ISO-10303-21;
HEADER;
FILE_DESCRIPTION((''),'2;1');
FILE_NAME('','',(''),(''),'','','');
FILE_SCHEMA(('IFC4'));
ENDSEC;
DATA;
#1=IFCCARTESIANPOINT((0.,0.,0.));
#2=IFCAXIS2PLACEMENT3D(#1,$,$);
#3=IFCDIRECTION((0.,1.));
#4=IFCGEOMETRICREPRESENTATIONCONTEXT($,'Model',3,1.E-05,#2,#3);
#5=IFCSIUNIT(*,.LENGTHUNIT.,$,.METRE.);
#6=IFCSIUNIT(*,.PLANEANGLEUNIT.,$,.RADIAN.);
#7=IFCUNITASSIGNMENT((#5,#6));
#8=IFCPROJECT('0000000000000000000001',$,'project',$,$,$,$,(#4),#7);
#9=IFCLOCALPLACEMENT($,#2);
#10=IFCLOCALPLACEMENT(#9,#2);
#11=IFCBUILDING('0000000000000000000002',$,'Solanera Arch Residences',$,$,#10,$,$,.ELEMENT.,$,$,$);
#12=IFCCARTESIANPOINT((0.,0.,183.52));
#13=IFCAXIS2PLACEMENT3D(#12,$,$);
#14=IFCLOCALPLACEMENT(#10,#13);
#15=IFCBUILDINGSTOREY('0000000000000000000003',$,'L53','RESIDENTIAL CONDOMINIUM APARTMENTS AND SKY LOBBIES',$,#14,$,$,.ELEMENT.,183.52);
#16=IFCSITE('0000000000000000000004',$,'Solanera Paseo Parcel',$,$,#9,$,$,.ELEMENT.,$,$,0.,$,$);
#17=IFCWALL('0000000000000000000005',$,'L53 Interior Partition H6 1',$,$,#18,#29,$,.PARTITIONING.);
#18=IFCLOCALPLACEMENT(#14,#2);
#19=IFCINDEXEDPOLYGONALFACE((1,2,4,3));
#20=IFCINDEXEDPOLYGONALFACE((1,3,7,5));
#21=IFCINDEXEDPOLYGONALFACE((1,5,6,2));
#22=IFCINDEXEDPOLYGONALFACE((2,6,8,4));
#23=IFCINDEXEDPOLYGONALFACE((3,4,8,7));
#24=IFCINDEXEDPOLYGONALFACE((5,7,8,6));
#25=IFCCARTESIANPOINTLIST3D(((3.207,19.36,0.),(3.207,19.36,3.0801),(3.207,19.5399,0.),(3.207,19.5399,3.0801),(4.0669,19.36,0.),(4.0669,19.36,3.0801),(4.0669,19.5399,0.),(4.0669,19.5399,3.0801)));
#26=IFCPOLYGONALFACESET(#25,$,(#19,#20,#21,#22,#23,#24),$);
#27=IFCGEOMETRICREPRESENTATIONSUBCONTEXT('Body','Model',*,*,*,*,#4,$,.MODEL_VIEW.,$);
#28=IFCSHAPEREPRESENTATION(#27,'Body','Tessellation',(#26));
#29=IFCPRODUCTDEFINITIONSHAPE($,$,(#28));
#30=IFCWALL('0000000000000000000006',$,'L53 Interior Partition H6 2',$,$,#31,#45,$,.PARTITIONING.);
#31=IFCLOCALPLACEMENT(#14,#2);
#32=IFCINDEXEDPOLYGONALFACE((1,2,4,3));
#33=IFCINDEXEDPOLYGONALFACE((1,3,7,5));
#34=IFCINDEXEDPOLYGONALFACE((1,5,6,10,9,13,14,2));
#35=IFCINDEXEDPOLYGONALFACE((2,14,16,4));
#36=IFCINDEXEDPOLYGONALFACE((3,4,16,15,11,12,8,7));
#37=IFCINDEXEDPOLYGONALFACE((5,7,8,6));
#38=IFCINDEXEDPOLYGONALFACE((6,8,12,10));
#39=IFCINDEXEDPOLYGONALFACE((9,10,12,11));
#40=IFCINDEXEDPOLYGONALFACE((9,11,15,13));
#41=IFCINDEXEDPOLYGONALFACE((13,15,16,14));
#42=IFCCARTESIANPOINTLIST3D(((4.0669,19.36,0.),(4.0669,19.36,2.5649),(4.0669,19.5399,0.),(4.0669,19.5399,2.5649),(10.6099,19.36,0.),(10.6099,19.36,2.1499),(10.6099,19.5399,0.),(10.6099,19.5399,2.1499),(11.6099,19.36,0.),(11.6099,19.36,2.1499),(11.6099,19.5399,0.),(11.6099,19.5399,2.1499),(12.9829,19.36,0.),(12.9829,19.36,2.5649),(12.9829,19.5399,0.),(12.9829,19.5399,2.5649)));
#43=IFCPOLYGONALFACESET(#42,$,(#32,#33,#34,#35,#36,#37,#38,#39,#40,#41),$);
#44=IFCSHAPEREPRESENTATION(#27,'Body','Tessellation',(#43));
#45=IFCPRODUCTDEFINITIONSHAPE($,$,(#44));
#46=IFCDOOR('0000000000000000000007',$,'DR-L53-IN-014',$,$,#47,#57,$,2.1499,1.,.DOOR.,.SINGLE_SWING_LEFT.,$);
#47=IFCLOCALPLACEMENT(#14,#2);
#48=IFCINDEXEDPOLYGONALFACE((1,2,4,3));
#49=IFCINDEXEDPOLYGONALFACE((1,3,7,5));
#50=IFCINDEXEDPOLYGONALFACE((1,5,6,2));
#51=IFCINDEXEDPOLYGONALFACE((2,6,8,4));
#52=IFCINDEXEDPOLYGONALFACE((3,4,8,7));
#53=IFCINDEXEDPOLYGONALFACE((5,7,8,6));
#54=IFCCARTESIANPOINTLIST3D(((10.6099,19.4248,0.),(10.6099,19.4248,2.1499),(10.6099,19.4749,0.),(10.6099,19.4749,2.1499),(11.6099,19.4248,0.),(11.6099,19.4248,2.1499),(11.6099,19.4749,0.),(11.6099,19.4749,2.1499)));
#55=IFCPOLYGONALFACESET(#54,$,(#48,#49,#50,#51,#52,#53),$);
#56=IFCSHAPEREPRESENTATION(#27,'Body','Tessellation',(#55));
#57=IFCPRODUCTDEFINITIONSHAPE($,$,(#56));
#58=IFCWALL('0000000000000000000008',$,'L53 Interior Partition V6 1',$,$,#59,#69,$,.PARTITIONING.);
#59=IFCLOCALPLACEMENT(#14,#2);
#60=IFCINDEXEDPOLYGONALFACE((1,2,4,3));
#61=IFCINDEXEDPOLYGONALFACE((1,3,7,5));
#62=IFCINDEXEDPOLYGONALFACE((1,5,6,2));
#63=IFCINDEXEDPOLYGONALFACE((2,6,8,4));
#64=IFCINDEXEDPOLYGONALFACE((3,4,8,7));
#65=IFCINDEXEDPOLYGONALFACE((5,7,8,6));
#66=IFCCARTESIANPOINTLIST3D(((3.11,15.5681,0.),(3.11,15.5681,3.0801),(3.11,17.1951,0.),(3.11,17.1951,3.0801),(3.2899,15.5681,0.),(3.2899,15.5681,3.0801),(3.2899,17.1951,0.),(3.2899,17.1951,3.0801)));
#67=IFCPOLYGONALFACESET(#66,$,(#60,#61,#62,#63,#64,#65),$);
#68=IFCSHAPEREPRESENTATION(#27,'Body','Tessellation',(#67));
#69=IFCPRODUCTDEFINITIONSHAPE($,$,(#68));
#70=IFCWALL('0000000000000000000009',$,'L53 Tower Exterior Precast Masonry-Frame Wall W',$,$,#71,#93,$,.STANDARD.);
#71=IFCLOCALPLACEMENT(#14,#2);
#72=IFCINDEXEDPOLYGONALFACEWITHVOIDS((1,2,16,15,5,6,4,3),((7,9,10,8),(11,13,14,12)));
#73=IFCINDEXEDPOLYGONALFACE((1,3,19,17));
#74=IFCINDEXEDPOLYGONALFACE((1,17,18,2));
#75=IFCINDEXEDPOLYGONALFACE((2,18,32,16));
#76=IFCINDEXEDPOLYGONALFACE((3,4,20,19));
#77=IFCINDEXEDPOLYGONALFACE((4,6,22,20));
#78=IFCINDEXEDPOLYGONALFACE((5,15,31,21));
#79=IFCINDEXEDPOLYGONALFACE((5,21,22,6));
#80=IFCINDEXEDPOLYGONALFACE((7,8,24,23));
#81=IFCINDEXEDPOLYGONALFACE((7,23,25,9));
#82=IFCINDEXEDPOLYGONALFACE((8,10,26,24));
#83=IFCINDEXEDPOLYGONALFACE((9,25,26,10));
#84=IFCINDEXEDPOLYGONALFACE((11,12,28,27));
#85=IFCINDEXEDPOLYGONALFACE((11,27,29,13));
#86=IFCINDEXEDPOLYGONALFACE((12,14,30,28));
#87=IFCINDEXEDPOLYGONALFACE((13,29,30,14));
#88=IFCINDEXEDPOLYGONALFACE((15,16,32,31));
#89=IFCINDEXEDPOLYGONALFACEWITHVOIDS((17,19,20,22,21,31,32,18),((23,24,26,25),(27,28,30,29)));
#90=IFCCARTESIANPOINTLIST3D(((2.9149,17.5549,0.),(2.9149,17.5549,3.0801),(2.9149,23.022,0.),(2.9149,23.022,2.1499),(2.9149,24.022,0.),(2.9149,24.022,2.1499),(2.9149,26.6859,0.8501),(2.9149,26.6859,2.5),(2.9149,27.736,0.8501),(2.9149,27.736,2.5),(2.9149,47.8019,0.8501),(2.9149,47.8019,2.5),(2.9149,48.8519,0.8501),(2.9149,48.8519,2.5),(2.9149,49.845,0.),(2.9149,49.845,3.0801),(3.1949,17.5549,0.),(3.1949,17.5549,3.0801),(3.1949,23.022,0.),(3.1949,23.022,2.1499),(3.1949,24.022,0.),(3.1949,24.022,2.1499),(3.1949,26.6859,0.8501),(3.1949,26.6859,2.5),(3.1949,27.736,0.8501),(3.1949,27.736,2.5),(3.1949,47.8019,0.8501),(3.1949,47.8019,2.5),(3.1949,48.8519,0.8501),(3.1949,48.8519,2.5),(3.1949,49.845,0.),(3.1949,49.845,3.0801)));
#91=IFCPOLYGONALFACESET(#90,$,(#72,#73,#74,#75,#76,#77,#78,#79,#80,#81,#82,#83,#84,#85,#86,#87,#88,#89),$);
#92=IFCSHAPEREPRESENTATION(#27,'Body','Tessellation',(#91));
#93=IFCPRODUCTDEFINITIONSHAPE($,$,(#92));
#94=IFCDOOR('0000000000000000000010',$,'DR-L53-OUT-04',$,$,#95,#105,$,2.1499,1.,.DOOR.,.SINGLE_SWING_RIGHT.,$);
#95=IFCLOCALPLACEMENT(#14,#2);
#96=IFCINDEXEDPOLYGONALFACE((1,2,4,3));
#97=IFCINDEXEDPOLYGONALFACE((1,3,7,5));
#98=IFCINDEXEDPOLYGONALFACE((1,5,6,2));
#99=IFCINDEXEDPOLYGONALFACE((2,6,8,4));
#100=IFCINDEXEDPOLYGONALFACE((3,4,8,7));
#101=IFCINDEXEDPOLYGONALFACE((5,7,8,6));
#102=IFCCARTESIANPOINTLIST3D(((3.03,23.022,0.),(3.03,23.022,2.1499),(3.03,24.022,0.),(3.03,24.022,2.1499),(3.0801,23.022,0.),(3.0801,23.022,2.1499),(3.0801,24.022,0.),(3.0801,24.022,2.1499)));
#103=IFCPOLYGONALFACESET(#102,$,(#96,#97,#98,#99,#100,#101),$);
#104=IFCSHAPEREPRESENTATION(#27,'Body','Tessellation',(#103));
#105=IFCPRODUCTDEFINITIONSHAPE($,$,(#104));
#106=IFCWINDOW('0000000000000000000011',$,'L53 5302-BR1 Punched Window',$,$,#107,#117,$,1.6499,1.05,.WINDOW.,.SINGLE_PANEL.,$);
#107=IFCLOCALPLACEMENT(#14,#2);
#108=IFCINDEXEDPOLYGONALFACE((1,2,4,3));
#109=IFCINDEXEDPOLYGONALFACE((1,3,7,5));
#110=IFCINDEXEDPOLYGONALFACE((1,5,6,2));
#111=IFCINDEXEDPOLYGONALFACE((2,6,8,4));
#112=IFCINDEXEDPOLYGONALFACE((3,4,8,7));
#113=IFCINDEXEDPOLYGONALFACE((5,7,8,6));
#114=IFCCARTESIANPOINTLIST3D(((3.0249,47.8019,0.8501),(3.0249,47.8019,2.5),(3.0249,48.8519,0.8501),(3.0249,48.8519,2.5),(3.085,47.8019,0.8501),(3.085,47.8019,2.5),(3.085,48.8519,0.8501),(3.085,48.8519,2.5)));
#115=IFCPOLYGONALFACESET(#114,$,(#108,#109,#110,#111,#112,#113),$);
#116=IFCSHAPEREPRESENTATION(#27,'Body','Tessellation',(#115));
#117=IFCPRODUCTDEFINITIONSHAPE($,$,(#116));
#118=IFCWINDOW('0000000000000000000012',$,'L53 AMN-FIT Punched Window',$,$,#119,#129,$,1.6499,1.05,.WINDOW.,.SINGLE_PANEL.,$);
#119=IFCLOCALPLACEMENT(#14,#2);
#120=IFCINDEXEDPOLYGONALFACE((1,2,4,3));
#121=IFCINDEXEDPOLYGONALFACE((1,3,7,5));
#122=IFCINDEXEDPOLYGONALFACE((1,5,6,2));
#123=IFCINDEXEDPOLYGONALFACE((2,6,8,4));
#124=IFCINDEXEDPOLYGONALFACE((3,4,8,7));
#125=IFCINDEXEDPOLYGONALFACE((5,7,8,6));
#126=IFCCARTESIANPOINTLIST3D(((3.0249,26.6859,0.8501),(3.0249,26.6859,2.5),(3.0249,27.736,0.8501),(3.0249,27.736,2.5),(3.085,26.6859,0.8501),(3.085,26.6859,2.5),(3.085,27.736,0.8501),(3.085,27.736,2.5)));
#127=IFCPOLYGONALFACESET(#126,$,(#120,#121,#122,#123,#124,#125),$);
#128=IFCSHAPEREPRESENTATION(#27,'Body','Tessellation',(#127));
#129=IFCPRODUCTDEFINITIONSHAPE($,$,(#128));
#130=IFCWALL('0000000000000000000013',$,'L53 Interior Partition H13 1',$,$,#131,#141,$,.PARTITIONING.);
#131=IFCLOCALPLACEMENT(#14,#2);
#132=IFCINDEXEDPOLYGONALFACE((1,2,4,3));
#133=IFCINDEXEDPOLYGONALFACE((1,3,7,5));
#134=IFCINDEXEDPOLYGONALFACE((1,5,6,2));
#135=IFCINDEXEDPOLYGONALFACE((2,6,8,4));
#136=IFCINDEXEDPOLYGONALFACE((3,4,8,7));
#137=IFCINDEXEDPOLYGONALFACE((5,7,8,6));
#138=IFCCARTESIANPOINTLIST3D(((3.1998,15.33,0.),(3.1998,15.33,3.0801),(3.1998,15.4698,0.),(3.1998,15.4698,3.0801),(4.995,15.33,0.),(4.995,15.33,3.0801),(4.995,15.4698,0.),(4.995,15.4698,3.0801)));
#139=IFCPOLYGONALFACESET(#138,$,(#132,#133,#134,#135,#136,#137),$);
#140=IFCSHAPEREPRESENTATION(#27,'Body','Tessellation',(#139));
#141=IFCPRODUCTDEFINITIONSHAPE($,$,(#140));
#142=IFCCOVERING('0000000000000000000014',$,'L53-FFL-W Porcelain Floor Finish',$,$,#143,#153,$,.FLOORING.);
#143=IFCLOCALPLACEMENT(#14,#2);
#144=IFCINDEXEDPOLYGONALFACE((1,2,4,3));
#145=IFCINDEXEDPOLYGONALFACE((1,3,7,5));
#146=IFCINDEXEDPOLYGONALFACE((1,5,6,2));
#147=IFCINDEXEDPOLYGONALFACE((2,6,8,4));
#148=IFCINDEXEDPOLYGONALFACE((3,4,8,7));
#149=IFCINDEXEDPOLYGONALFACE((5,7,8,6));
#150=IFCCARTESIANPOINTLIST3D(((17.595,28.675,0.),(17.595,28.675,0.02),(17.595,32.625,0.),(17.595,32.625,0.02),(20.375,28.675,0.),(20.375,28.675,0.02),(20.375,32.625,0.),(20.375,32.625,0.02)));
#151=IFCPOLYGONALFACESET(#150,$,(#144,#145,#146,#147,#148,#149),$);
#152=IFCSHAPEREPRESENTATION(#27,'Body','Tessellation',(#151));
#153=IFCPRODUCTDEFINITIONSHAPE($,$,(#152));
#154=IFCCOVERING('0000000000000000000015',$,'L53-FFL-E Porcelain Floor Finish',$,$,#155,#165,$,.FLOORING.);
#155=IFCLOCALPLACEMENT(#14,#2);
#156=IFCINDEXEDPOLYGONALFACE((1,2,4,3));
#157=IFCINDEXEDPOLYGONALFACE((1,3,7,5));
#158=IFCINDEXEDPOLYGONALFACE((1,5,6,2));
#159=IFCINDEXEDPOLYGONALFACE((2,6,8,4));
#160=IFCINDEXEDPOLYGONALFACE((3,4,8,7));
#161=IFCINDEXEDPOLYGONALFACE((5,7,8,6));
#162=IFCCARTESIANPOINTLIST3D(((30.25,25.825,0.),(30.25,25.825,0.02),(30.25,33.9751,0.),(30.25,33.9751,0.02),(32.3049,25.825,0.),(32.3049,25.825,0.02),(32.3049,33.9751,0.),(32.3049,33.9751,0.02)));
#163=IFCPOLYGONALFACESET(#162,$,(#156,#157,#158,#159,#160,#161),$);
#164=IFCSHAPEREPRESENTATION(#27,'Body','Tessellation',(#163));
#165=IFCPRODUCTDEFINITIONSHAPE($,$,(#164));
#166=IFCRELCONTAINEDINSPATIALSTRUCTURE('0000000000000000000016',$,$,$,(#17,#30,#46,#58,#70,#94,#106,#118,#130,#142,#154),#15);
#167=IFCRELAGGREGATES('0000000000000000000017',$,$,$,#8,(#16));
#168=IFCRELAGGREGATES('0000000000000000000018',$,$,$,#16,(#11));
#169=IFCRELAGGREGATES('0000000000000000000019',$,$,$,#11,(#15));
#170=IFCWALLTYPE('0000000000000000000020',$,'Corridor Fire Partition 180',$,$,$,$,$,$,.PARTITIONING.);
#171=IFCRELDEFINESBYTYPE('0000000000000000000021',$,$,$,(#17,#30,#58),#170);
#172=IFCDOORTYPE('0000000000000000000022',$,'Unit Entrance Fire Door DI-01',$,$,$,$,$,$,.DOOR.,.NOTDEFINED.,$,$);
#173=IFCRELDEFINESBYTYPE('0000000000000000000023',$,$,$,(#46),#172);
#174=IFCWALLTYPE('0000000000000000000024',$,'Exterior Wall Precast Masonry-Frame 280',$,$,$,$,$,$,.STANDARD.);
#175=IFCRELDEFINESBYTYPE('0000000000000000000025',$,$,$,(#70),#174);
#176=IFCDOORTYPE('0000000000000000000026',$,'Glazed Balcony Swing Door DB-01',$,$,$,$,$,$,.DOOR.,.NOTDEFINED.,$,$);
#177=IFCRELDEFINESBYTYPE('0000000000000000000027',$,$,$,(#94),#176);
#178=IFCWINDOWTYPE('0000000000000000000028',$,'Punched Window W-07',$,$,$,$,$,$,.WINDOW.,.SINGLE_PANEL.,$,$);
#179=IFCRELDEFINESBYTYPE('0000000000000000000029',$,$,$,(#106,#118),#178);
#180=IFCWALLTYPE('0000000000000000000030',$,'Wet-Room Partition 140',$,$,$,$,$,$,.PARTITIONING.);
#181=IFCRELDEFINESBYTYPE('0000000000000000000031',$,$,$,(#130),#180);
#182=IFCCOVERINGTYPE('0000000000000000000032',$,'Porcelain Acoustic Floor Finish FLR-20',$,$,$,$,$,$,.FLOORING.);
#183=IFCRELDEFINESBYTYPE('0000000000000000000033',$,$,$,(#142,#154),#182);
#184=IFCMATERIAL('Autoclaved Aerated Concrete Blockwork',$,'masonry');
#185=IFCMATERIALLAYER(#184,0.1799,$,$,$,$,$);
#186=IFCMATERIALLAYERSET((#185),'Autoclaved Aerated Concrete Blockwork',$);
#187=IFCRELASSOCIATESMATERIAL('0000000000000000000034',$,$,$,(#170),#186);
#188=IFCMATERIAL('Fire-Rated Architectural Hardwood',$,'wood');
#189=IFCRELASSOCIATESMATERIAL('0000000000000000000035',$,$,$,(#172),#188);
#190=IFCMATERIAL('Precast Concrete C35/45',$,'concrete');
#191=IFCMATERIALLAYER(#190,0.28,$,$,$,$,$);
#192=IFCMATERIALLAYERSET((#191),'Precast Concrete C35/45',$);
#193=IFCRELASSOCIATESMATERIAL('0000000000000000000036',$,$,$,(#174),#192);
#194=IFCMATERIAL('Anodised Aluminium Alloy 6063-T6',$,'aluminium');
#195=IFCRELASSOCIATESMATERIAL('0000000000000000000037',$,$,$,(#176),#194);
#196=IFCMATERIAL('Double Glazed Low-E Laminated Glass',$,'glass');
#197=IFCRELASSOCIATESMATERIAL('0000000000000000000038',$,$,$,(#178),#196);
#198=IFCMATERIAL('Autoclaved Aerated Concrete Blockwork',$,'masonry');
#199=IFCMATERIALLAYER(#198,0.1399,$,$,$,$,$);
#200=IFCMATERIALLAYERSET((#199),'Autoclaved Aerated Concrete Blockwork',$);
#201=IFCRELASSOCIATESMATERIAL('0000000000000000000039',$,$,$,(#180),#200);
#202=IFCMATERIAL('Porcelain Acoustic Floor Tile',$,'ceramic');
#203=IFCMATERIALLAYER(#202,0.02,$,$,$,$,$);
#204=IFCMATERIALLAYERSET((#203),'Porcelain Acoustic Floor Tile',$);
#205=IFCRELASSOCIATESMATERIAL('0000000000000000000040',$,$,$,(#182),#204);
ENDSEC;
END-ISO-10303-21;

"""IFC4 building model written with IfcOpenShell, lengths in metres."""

from ifc_helpers import new_model, si_unit, direction, frame, frame_2d, origin, place, context, subcontext, project, spatial, polyline, rectangle, outline, extrude, material, layer, layer_set, type_object, element, fill, save


model = new_model("IFC4")

# Units and contexts
model_context = context("Model", 3, precision=1e-05, world=origin(), true_north=direction((0.0, 1.0)))
body_context = subcontext(model_context, "Body", "Model", "MODEL_VIEW")
ifc_project = project(units=[si_unit("LENGTHUNIT", "METRE"), si_unit("PLANEANGLEUNIT", "RADIAN")], contexts=[model_context])

# Site, building, storey
site_placement = place(None, origin())
site = spatial("IfcSite", under=ifc_project, at=site_placement, Name="Solanera Paseo Parcel", CompositionType="ELEMENT", RefElevation=0.0)
building_placement = place(site_placement, origin())
building = spatial("IfcBuilding", under=site, at=building_placement, Name="Solanera Arch Residences", CompositionType="ELEMENT")
storey_placement = place(building_placement, frame((0.0, 0.0, 183.52)))
storey = spatial("IfcBuildingStorey", under=building, at=storey_placement, Name="L53", Description="RESIDENTIAL CONDOMINIUM APARTMENTS AND SKY LOBBIES", CompositionType="ELEMENT", Elevation=183.52)

# Wall
ifc_material_1 = material(Name="Autoclaved Aerated Concrete Blockwork", Category="masonry")
ifc_layer_1 = layer(ifc_material_1, 0.1799)
ifc_layer_set_1 = layer_set([ifc_layer_1], Name="Autoclaved Aerated Concrete Blockwork")
wall_type_1 = type_object("IfcWallType", Name="Corridor Fire Partition 180", PredefinedType="PARTITIONING", material=ifc_layer_set_1)
wall_1_placement = place(storey_placement, frame((3.207, 19.45, 0.0), z_axis=(0.0, 0.0, 1.0), x_axis=(1.0, 0.0, 0.0)))
element("IfcWall", 1, at=wall_1_placement, inside=storey, type_object=wall_type_1, Name="L53 Interior Partition H6 1", PredefinedType="PARTITIONING", context=body_context, shape_type="SweptSolid", body=[
    extrude(rectangle(XDim=0.8599, YDim=0.1799, at=frame_2d((0.4299, 0.0))), origin(), (0.0, 0.0, 1.0), 3.0801),
])

# Wall, opening, door
wall_2_placement = place(storey_placement, frame((4.0669, 19.45, 0.0), z_axis=(0.0, 0.0, 1.0), x_axis=(1.0, 0.0, 0.0)))
wall_2 = element("IfcWall", 2, at=wall_2_placement, inside=storey, type_object=wall_type_1, Name="L53 Interior Partition H6 2", PredefinedType="PARTITIONING", context=body_context, shape_type="SweptSolid", body=[
    extrude(rectangle(XDim=8.916, YDim=0.1799, at=frame_2d((4.458, 0.0))), origin(), (0.0, 0.0, 1.0), 2.5649),
])
opening_1_placement = place(wall_2_placement, frame((6.543, 0.0, 0.0)))
opening_1 = element("IfcOpeningElement", 3, at=opening_1_placement, cuts=wall_2, PredefinedType="OPENING", context=body_context, shape_type="SweptSolid", body=[
    extrude(rectangle(XDim=1.0, YDim=2.1499, at=frame_2d((0.5, 1.075))), frame((0.0, 0.1001, 0.0), z_axis=(0.0, -1.0, 0.0), x_axis=(1.0, 0.0, 0.0)), (0.0, 0.0, 1.0), 0.1999),
])
ifc_material_2 = material(Name="Fire-Rated Architectural Hardwood", Category="wood")
door_type_1 = type_object("IfcDoorType", Name="Unit Entrance Fire Door DI-01", OperationType="NOTDEFINED", PredefinedType="DOOR", material=ifc_material_2)
door_1_placement = place(opening_1_placement, origin())
door_1 = element("IfcDoor", 4, at=door_1_placement, inside=storey, type_object=door_type_1, Name="DR-L53-IN-014", OperationType="SINGLE_SWING_LEFT", OverallHeight=2.1499, OverallWidth=1.0, PredefinedType="DOOR", context=body_context, shape_type="SweptSolid", body=[
    extrude(rectangle(XDim=1.0, YDim=2.1499, at=frame_2d((0.5, 1.075))), frame((0.0, 0.0249, 0.0), z_axis=(0.0, -1.0, 0.0), x_axis=(1.0, 0.0, 0.0)), (0.0, 0.0, 1.0), 0.05),
])
fill(opening_1, door_1)

# Wall
wall_3_placement = place(storey_placement, frame((3.2, 15.5681, 0.0), z_axis=(0.0, 0.0, 1.0), x_axis=(0.0, 1.0, 0.0)))
element("IfcWall", 5, at=wall_3_placement, inside=storey, type_object=wall_type_1, Name="L53 Interior Partition V6 1", PredefinedType="PARTITIONING", context=body_context, shape_type="SweptSolid", body=[
    extrude(rectangle(XDim=1.627, YDim=0.1799, at=frame_2d((0.8135, 0.0))), origin(), (0.0, 0.0, 1.0), 3.0801),
])

# Wall, openings, door, windows
ifc_material_3 = material(Name="Precast Concrete C35/45", Category="concrete")
ifc_layer_2 = layer(ifc_material_3, 0.28)
ifc_layer_set_2 = layer_set([ifc_layer_2], Name="Precast Concrete C35/45")
wall_type_2 = type_object("IfcWallType", Name="Exterior Wall Precast Masonry-Frame 280", PredefinedType="STANDARD", material=ifc_layer_set_2)
wall_4_placement = place(storey_placement, frame((3.0549, 17.5549, 0.0), z_axis=(0.0, 0.0, 1.0), x_axis=(0.0, 1.0, 0.0)))
wall_4 = element("IfcWall", 6, at=wall_4_placement, inside=storey, type_object=wall_type_2, Name="L53 Tower Exterior Precast Masonry-Frame Wall W", PredefinedType="STANDARD", context=body_context, shape_type="SweptSolid", body=[
    extrude(rectangle(XDim=32.29, YDim=0.28, at=frame_2d((16.145, 0.0))), origin(), (0.0, 0.0, 1.0), 3.0801),
])
opening_2_placement = place(wall_4_placement, frame((5.467, 0.0, 0.0)))
opening_2 = element("IfcOpeningElement", 7, at=opening_2_placement, cuts=wall_4, PredefinedType="OPENING", context=body_context, shape_type="SweptSolid", body=[
    extrude(rectangle(XDim=1.0, YDim=2.1499, at=frame_2d((0.5, 1.075))), frame((0.0, 0.1499, 0.0), z_axis=(0.0, -1.0, 0.0), x_axis=(1.0, 0.0, 0.0)), (0.0, 0.0, 1.0), 0.3),
])
opening_3_placement = place(wall_4_placement, frame((30.2471, 0.0, 0.8501)))
opening_3 = element("IfcOpeningElement", 8, at=opening_3_placement, cuts=wall_4, PredefinedType="OPENING", context=body_context, shape_type="SweptSolid", body=[
    extrude(rectangle(XDim=1.05, YDim=1.6499, at=frame_2d((0.5249, 0.825))), frame((0.0, 0.1499, 0.0), z_axis=(0.0, -1.0, 0.0), x_axis=(1.0, 0.0, 0.0)), (0.0, 0.0, 1.0), 0.3),
])
opening_4_placement = place(wall_4_placement, frame((9.1311, 0.0, 0.8501)))
opening_4 = element("IfcOpeningElement", 9, at=opening_4_placement, cuts=wall_4, PredefinedType="OPENING", context=body_context, shape_type="SweptSolid", body=[
    extrude(rectangle(XDim=1.05, YDim=1.6499, at=frame_2d((0.5249, 0.825))), frame((0.0, 0.1499, 0.0), z_axis=(0.0, -1.0, 0.0), x_axis=(1.0, 0.0, 0.0)), (0.0, 0.0, 1.0), 0.3),
])
ifc_material_4 = material(Name="Anodised Aluminium Alloy 6063-T6", Category="aluminium")
door_type_2 = type_object("IfcDoorType", Name="Glazed Balcony Swing Door DB-01", OperationType="NOTDEFINED", PredefinedType="DOOR", material=ifc_material_4)
door_2_placement = place(opening_2_placement, origin())
door_2 = element("IfcDoor", 10, at=door_2_placement, inside=storey, type_object=door_type_2, Name="DR-L53-OUT-04", OperationType="SINGLE_SWING_RIGHT", OverallHeight=2.1499, OverallWidth=1.0, PredefinedType="DOOR", context=body_context, shape_type="SweptSolid", body=[
    extrude(rectangle(XDim=1.0, YDim=2.1499, at=frame_2d((0.5, 1.075))), frame((0.0, 0.0249, 0.0), z_axis=(0.0, -1.0, 0.0), x_axis=(1.0, 0.0, 0.0)), (0.0, 0.0, 1.0), 0.05),
])
fill(opening_2, door_2)
ifc_material_5 = material(Name="Double Glazed Low-E Laminated Glass", Category="glass")
window_type = type_object("IfcWindowType", Name="Punched Window W-07", PartitioningType="SINGLE_PANEL", PredefinedType="WINDOW", material=ifc_material_5)
window_1_placement = place(opening_3_placement, origin())
window_1 = element("IfcWindow", 11, at=window_1_placement, inside=storey, type_object=window_type, Name="L53 5302-BR1 Punched Window", OverallHeight=1.6499, OverallWidth=1.05, PartitioningType="SINGLE_PANEL", PredefinedType="WINDOW", context=body_context, shape_type="SweptSolid", body=[
    extrude(rectangle(XDim=1.05, YDim=1.6499, at=frame_2d((0.5249, 0.825))), frame((0.0, 0.03, 0.0), z_axis=(0.0, -1.0, 0.0), x_axis=(1.0, 0.0, 0.0)), (0.0, 0.0, 1.0), 0.0601),
])
fill(opening_3, window_1)
window_2_placement = place(opening_4_placement, origin())
window_2 = element("IfcWindow", 12, at=window_2_placement, inside=storey, type_object=window_type, Name="L53 AMN-FIT Punched Window", OverallHeight=1.6499, OverallWidth=1.05, PartitioningType="SINGLE_PANEL", PredefinedType="WINDOW", context=body_context, shape_type="SweptSolid", body=[
    extrude(rectangle(XDim=1.05, YDim=1.6499, at=frame_2d((0.5249, 0.825))), frame((0.0, 0.03, 0.0), z_axis=(0.0, -1.0, 0.0), x_axis=(1.0, 0.0, 0.0)), (0.0, 0.0, 1.0), 0.0601),
])
fill(opening_4, window_2)

# Wall
ifc_material_6 = material(Name="Autoclaved Aerated Concrete Blockwork", Category="masonry")
ifc_layer_3 = layer(ifc_material_6, 0.1399)
ifc_layer_set_3 = layer_set([ifc_layer_3], Name="Autoclaved Aerated Concrete Blockwork")
wall_type_3 = type_object("IfcWallType", Name="Wet-Room Partition 140", PredefinedType="PARTITIONING", material=ifc_layer_set_3)
wall_5_placement = place(storey_placement, frame((3.2, 15.3999, 0.0), z_axis=(0.0, 0.0, 1.0), x_axis=(1.0, 0.0, 0.0)))
element("IfcWall", 13, at=wall_5_placement, inside=storey, type_object=wall_type_3, Name="L53 Interior Partition H13 1", PredefinedType="PARTITIONING", context=body_context, shape_type="SweptSolid", body=[
    extrude(rectangle(XDim=1.7952, YDim=0.1399, at=frame_2d((0.8975, 0.0))), origin(), (0.0, 0.0, 1.0), 3.0801),
])

# Coverings
ifc_material_7 = material(Name="Porcelain Acoustic Floor Tile", Category="ceramic")
ifc_layer_4 = layer(ifc_material_7, 0.02)
ifc_layer_set_4 = layer_set([ifc_layer_4], Name="Porcelain Acoustic Floor Tile")
covering_type_1 = type_object("IfcCoveringType", Name="Porcelain Acoustic Floor Finish FLR-20", PredefinedType="FLOORING", material=ifc_layer_set_4)
covering_1_placement = place(storey_placement, origin())
element("IfcCovering", 14, at=covering_1_placement, inside=storey, type_object=covering_type_1, Name="L53-FFL-W Porcelain Floor Finish", PredefinedType="FLOORING", context=body_context, shape_type="SweptSolid", body=[
    extrude(outline(polyline([(20.375, 28.675), (17.595, 28.675), (17.595, 32.625), (20.375, 32.625), (20.375, 28.675)])), origin(), (0.0, 0.0, 1.0), 0.02),
])
covering_2_placement = place(storey_placement, origin())
element("IfcCovering", 15, at=covering_2_placement, inside=storey, type_object=covering_type_1, Name="L53-FFL-E Porcelain Floor Finish", PredefinedType="FLOORING", context=body_context, shape_type="SweptSolid", body=[
    extrude(outline(polyline([(32.3049, 25.825), (30.25, 25.825), (30.25, 33.9751), (32.3049, 33.9751), (32.3049, 25.825)])), origin(), (0.0, 0.0, 1.0), 0.02),
])

save(model, "model.ifc")
